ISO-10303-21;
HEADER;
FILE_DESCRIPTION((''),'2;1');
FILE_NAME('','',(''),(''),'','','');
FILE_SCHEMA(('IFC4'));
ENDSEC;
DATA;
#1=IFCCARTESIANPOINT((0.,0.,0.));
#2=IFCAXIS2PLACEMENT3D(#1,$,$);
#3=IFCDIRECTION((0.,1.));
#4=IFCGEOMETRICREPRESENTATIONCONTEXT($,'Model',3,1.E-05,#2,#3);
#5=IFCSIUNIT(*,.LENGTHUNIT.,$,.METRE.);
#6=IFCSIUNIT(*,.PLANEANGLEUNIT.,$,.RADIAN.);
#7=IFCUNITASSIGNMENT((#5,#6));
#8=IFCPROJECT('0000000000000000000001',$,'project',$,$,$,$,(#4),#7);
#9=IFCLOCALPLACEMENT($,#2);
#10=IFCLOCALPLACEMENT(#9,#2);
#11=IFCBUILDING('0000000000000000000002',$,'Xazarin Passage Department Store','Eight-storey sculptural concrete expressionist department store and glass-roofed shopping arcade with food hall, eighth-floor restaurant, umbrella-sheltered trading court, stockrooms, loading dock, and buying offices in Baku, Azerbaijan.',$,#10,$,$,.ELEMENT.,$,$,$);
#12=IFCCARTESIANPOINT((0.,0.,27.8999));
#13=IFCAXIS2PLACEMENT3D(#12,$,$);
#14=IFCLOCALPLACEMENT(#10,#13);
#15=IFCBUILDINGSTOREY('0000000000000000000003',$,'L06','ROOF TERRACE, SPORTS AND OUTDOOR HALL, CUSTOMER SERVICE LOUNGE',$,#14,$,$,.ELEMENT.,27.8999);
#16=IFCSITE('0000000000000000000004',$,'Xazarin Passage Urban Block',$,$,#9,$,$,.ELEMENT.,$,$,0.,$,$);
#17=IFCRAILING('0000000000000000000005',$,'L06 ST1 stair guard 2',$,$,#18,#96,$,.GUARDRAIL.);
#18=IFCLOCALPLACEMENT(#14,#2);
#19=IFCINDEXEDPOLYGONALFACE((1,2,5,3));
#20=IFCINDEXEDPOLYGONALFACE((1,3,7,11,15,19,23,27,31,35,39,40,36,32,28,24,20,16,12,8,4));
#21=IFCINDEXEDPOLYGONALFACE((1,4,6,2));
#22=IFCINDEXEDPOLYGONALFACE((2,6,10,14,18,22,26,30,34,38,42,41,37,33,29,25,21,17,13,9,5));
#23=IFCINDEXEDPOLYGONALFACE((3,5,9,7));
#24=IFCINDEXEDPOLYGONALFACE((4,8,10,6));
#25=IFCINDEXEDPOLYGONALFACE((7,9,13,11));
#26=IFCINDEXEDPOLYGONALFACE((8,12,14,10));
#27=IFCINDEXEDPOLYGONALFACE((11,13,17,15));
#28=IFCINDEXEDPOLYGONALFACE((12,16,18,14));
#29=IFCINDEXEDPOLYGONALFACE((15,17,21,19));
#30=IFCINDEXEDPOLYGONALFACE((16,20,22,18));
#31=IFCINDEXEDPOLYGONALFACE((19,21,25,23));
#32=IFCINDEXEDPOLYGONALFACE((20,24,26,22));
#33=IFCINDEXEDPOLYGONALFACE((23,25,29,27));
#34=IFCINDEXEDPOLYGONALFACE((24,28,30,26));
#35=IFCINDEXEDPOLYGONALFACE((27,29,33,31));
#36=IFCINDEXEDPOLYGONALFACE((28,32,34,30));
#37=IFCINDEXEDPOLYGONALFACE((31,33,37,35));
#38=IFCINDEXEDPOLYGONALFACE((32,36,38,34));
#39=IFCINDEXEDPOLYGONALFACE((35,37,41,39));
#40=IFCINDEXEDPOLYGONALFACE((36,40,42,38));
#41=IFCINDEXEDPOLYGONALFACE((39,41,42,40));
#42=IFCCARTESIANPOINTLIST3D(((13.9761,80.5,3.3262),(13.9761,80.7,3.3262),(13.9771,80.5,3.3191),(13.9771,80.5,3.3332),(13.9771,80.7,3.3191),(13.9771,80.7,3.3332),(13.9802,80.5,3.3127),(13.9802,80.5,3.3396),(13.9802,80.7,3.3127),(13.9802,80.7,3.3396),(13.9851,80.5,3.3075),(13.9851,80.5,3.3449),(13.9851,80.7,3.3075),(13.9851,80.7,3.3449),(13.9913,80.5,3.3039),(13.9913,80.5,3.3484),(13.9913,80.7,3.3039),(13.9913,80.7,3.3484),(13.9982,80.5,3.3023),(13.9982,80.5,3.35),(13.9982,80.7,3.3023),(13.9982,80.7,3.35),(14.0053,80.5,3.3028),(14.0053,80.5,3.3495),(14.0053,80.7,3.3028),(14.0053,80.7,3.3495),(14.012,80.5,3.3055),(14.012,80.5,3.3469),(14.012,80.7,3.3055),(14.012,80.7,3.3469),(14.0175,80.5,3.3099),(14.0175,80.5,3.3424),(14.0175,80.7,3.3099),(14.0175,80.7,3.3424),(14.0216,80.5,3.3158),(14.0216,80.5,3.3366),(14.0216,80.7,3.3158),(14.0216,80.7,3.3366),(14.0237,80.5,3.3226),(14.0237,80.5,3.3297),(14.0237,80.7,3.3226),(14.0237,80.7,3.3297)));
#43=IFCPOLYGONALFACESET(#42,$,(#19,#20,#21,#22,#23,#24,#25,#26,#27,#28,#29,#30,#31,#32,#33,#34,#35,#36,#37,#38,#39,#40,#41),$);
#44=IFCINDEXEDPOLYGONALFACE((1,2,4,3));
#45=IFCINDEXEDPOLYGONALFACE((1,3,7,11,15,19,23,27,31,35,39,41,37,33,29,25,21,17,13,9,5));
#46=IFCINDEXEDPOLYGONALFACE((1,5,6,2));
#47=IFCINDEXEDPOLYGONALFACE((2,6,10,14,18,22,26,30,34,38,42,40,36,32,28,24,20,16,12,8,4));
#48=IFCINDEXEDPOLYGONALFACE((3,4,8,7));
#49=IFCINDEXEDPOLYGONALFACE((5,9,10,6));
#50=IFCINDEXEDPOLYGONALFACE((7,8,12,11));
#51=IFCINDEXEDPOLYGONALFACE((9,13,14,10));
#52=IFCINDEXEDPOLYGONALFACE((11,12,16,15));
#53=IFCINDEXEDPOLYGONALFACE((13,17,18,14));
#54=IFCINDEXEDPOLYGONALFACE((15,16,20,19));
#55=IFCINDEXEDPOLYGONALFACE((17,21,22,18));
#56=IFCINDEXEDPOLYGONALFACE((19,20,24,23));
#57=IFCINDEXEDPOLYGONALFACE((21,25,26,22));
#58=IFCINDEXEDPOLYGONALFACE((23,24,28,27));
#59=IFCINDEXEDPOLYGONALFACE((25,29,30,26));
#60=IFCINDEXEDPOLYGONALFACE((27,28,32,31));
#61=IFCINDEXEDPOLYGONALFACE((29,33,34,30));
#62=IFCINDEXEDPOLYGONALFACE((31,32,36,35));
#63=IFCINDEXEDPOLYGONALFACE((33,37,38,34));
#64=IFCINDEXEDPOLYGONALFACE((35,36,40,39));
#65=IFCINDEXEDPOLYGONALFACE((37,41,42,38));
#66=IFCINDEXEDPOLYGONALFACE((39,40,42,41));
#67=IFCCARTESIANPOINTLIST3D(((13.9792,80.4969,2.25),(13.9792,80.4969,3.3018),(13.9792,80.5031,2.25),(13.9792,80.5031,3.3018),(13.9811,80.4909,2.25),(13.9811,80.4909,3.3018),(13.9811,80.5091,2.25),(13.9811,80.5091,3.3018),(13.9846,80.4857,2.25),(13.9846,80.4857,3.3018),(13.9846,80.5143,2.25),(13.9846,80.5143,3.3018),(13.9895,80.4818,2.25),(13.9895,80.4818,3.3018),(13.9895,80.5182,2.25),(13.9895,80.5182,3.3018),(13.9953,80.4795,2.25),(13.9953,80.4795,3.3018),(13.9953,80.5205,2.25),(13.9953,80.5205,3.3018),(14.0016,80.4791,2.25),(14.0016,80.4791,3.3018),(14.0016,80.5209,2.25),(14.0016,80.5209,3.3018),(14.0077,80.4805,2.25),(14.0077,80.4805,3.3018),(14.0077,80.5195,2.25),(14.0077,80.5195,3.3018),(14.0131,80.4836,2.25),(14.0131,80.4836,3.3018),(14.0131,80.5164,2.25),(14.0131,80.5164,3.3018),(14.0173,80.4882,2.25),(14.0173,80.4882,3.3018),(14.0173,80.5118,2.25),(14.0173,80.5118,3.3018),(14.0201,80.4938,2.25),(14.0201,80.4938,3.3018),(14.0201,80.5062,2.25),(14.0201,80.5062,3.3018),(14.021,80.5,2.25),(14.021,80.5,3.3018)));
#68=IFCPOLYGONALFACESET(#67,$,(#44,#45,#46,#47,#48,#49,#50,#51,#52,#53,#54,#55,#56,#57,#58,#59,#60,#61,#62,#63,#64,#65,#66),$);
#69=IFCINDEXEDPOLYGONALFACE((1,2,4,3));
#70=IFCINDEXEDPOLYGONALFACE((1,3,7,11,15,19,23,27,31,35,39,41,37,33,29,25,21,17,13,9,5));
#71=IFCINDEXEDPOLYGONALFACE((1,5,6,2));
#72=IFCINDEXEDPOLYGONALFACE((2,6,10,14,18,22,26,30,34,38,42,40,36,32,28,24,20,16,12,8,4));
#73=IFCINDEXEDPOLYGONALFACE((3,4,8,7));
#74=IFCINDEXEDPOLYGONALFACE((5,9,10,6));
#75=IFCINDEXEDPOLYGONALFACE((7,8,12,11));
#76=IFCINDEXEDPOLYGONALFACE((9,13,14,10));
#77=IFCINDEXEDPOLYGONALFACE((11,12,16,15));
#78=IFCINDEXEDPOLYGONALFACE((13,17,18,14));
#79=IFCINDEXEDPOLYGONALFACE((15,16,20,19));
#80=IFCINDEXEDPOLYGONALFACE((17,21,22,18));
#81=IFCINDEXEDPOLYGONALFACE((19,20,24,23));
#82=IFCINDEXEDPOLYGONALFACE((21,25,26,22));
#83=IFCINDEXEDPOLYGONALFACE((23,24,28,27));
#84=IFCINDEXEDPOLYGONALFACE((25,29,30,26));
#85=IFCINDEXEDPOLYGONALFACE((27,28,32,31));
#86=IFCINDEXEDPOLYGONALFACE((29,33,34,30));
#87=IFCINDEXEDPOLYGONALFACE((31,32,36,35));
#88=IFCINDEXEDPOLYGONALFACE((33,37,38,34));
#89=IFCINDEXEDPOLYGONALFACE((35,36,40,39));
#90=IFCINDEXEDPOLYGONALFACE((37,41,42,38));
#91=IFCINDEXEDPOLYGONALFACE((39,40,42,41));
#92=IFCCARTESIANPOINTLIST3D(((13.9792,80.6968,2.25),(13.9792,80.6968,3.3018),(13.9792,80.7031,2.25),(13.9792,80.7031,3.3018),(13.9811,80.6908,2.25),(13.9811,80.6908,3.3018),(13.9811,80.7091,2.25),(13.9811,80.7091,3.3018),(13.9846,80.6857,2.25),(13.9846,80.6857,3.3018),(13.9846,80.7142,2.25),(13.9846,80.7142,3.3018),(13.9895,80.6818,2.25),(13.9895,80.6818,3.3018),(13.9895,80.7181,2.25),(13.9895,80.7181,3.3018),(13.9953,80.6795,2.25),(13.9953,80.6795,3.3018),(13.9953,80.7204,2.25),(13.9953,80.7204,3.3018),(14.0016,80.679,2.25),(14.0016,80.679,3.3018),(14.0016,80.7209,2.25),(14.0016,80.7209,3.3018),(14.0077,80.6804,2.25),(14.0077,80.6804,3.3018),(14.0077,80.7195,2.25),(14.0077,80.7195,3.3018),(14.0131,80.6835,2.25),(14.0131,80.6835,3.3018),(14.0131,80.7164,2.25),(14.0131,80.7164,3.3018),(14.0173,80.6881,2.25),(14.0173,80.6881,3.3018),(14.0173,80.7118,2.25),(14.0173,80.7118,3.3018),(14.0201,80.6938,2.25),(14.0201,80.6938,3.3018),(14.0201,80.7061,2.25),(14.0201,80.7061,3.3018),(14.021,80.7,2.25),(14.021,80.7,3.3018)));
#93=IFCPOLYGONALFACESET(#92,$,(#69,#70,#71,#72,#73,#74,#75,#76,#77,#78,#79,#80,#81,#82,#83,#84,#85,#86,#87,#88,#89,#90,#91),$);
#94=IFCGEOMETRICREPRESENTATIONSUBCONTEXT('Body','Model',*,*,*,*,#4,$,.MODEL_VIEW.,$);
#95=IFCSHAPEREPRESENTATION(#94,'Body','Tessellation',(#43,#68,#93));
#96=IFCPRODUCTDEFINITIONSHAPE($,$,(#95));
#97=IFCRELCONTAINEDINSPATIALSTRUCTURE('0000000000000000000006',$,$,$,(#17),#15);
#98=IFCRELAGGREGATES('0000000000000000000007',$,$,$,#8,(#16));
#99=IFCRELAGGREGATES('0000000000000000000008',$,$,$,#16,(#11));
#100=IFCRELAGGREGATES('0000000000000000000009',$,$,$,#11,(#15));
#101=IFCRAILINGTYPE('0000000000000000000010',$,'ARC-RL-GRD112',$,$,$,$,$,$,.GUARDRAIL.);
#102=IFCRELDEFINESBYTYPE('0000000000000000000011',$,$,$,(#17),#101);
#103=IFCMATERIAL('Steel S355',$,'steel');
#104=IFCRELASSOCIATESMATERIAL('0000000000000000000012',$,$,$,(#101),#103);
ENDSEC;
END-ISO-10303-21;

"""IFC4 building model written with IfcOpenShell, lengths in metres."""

from ifc_helpers import new_model, si_unit, direction, frame, origin, origin_2d, place, context, subcontext, project, spatial, circle, extrude, material, type_object, element, save


model = new_model("IFC4")

# Units and contexts
model_context = context("Model", 3, precision=1e-05, world=origin(), true_north=direction((0.0, 1.0)))
body_context = subcontext(model_context, "Body", "Model", "MODEL_VIEW")
ifc_project = project(units=[si_unit("LENGTHUNIT", "METRE"), si_unit("PLANEANGLEUNIT", "RADIAN")], contexts=[model_context])

# Site, building, storey
site_placement = place(None, origin())
site = spatial("IfcSite", under=ifc_project, at=site_placement, Name="Xazarin Passage Urban Block", CompositionType="ELEMENT", RefElevation=0.0)
building_placement = place(site_placement, origin())
building = spatial("IfcBuilding", under=site, at=building_placement, Name="Xazarin Passage Department Store", Description="Eight-storey sculptural concrete expressionist department store and glass-roofed shopping arcade with food hall, eighth-floor restaurant, umbrella-sheltered trading court, stockrooms, loading dock, and buying offices in Baku, Azerbaijan.", CompositionType="ELEMENT")
storey_placement = place(building_placement, frame((0.0, 0.0, 27.8999)))
storey = spatial("IfcBuildingStorey", under=building, at=storey_placement, Name="L06", Description="ROOF TERRACE, SPORTS AND OUTDOOR HALL, CUSTOMER SERVICE LOUNGE", CompositionType="ELEMENT", Elevation=27.8999)

# Shared definitions
ifc_material_1 = material(Name="Steel S355", Category="steel")

# Railing
railing_type_1 = type_object("IfcRailingType", Name="ARC-RL-GRD112", PredefinedType="GUARDRAIL", material=ifc_material_1)
railing_1_placement = place(storey_placement, frame((14.0, 80.5, 2.25)))
element("IfcRailing", 1, at=railing_1_placement, inside=storey, type_object=railing_type_1, Name="L06 ST1 stair guard 2", PredefinedType="GUARDRAIL", context=body_context, shape_type="SweptSolid", body=[
    extrude(circle(Radius=0.0239, at=origin_2d()), frame((0.0, 0.0, 1.0762), z_axis=(0.0, 1.0, 0.0), x_axis=(-1.0, 0.0, 0.0)), (0.0, 0.0, 1.0), 0.2),
    extrude(circle(Radius=0.021, at=origin_2d()), origin(), (0.0, 0.0, 1.0), 1.0518),
    extrude(circle(Radius=0.021, at=origin_2d()), frame((0.0, 0.2, 0.0)), (0.0, 0.0, 1.0), 1.0518),
])

save(model, "model.ifc")
